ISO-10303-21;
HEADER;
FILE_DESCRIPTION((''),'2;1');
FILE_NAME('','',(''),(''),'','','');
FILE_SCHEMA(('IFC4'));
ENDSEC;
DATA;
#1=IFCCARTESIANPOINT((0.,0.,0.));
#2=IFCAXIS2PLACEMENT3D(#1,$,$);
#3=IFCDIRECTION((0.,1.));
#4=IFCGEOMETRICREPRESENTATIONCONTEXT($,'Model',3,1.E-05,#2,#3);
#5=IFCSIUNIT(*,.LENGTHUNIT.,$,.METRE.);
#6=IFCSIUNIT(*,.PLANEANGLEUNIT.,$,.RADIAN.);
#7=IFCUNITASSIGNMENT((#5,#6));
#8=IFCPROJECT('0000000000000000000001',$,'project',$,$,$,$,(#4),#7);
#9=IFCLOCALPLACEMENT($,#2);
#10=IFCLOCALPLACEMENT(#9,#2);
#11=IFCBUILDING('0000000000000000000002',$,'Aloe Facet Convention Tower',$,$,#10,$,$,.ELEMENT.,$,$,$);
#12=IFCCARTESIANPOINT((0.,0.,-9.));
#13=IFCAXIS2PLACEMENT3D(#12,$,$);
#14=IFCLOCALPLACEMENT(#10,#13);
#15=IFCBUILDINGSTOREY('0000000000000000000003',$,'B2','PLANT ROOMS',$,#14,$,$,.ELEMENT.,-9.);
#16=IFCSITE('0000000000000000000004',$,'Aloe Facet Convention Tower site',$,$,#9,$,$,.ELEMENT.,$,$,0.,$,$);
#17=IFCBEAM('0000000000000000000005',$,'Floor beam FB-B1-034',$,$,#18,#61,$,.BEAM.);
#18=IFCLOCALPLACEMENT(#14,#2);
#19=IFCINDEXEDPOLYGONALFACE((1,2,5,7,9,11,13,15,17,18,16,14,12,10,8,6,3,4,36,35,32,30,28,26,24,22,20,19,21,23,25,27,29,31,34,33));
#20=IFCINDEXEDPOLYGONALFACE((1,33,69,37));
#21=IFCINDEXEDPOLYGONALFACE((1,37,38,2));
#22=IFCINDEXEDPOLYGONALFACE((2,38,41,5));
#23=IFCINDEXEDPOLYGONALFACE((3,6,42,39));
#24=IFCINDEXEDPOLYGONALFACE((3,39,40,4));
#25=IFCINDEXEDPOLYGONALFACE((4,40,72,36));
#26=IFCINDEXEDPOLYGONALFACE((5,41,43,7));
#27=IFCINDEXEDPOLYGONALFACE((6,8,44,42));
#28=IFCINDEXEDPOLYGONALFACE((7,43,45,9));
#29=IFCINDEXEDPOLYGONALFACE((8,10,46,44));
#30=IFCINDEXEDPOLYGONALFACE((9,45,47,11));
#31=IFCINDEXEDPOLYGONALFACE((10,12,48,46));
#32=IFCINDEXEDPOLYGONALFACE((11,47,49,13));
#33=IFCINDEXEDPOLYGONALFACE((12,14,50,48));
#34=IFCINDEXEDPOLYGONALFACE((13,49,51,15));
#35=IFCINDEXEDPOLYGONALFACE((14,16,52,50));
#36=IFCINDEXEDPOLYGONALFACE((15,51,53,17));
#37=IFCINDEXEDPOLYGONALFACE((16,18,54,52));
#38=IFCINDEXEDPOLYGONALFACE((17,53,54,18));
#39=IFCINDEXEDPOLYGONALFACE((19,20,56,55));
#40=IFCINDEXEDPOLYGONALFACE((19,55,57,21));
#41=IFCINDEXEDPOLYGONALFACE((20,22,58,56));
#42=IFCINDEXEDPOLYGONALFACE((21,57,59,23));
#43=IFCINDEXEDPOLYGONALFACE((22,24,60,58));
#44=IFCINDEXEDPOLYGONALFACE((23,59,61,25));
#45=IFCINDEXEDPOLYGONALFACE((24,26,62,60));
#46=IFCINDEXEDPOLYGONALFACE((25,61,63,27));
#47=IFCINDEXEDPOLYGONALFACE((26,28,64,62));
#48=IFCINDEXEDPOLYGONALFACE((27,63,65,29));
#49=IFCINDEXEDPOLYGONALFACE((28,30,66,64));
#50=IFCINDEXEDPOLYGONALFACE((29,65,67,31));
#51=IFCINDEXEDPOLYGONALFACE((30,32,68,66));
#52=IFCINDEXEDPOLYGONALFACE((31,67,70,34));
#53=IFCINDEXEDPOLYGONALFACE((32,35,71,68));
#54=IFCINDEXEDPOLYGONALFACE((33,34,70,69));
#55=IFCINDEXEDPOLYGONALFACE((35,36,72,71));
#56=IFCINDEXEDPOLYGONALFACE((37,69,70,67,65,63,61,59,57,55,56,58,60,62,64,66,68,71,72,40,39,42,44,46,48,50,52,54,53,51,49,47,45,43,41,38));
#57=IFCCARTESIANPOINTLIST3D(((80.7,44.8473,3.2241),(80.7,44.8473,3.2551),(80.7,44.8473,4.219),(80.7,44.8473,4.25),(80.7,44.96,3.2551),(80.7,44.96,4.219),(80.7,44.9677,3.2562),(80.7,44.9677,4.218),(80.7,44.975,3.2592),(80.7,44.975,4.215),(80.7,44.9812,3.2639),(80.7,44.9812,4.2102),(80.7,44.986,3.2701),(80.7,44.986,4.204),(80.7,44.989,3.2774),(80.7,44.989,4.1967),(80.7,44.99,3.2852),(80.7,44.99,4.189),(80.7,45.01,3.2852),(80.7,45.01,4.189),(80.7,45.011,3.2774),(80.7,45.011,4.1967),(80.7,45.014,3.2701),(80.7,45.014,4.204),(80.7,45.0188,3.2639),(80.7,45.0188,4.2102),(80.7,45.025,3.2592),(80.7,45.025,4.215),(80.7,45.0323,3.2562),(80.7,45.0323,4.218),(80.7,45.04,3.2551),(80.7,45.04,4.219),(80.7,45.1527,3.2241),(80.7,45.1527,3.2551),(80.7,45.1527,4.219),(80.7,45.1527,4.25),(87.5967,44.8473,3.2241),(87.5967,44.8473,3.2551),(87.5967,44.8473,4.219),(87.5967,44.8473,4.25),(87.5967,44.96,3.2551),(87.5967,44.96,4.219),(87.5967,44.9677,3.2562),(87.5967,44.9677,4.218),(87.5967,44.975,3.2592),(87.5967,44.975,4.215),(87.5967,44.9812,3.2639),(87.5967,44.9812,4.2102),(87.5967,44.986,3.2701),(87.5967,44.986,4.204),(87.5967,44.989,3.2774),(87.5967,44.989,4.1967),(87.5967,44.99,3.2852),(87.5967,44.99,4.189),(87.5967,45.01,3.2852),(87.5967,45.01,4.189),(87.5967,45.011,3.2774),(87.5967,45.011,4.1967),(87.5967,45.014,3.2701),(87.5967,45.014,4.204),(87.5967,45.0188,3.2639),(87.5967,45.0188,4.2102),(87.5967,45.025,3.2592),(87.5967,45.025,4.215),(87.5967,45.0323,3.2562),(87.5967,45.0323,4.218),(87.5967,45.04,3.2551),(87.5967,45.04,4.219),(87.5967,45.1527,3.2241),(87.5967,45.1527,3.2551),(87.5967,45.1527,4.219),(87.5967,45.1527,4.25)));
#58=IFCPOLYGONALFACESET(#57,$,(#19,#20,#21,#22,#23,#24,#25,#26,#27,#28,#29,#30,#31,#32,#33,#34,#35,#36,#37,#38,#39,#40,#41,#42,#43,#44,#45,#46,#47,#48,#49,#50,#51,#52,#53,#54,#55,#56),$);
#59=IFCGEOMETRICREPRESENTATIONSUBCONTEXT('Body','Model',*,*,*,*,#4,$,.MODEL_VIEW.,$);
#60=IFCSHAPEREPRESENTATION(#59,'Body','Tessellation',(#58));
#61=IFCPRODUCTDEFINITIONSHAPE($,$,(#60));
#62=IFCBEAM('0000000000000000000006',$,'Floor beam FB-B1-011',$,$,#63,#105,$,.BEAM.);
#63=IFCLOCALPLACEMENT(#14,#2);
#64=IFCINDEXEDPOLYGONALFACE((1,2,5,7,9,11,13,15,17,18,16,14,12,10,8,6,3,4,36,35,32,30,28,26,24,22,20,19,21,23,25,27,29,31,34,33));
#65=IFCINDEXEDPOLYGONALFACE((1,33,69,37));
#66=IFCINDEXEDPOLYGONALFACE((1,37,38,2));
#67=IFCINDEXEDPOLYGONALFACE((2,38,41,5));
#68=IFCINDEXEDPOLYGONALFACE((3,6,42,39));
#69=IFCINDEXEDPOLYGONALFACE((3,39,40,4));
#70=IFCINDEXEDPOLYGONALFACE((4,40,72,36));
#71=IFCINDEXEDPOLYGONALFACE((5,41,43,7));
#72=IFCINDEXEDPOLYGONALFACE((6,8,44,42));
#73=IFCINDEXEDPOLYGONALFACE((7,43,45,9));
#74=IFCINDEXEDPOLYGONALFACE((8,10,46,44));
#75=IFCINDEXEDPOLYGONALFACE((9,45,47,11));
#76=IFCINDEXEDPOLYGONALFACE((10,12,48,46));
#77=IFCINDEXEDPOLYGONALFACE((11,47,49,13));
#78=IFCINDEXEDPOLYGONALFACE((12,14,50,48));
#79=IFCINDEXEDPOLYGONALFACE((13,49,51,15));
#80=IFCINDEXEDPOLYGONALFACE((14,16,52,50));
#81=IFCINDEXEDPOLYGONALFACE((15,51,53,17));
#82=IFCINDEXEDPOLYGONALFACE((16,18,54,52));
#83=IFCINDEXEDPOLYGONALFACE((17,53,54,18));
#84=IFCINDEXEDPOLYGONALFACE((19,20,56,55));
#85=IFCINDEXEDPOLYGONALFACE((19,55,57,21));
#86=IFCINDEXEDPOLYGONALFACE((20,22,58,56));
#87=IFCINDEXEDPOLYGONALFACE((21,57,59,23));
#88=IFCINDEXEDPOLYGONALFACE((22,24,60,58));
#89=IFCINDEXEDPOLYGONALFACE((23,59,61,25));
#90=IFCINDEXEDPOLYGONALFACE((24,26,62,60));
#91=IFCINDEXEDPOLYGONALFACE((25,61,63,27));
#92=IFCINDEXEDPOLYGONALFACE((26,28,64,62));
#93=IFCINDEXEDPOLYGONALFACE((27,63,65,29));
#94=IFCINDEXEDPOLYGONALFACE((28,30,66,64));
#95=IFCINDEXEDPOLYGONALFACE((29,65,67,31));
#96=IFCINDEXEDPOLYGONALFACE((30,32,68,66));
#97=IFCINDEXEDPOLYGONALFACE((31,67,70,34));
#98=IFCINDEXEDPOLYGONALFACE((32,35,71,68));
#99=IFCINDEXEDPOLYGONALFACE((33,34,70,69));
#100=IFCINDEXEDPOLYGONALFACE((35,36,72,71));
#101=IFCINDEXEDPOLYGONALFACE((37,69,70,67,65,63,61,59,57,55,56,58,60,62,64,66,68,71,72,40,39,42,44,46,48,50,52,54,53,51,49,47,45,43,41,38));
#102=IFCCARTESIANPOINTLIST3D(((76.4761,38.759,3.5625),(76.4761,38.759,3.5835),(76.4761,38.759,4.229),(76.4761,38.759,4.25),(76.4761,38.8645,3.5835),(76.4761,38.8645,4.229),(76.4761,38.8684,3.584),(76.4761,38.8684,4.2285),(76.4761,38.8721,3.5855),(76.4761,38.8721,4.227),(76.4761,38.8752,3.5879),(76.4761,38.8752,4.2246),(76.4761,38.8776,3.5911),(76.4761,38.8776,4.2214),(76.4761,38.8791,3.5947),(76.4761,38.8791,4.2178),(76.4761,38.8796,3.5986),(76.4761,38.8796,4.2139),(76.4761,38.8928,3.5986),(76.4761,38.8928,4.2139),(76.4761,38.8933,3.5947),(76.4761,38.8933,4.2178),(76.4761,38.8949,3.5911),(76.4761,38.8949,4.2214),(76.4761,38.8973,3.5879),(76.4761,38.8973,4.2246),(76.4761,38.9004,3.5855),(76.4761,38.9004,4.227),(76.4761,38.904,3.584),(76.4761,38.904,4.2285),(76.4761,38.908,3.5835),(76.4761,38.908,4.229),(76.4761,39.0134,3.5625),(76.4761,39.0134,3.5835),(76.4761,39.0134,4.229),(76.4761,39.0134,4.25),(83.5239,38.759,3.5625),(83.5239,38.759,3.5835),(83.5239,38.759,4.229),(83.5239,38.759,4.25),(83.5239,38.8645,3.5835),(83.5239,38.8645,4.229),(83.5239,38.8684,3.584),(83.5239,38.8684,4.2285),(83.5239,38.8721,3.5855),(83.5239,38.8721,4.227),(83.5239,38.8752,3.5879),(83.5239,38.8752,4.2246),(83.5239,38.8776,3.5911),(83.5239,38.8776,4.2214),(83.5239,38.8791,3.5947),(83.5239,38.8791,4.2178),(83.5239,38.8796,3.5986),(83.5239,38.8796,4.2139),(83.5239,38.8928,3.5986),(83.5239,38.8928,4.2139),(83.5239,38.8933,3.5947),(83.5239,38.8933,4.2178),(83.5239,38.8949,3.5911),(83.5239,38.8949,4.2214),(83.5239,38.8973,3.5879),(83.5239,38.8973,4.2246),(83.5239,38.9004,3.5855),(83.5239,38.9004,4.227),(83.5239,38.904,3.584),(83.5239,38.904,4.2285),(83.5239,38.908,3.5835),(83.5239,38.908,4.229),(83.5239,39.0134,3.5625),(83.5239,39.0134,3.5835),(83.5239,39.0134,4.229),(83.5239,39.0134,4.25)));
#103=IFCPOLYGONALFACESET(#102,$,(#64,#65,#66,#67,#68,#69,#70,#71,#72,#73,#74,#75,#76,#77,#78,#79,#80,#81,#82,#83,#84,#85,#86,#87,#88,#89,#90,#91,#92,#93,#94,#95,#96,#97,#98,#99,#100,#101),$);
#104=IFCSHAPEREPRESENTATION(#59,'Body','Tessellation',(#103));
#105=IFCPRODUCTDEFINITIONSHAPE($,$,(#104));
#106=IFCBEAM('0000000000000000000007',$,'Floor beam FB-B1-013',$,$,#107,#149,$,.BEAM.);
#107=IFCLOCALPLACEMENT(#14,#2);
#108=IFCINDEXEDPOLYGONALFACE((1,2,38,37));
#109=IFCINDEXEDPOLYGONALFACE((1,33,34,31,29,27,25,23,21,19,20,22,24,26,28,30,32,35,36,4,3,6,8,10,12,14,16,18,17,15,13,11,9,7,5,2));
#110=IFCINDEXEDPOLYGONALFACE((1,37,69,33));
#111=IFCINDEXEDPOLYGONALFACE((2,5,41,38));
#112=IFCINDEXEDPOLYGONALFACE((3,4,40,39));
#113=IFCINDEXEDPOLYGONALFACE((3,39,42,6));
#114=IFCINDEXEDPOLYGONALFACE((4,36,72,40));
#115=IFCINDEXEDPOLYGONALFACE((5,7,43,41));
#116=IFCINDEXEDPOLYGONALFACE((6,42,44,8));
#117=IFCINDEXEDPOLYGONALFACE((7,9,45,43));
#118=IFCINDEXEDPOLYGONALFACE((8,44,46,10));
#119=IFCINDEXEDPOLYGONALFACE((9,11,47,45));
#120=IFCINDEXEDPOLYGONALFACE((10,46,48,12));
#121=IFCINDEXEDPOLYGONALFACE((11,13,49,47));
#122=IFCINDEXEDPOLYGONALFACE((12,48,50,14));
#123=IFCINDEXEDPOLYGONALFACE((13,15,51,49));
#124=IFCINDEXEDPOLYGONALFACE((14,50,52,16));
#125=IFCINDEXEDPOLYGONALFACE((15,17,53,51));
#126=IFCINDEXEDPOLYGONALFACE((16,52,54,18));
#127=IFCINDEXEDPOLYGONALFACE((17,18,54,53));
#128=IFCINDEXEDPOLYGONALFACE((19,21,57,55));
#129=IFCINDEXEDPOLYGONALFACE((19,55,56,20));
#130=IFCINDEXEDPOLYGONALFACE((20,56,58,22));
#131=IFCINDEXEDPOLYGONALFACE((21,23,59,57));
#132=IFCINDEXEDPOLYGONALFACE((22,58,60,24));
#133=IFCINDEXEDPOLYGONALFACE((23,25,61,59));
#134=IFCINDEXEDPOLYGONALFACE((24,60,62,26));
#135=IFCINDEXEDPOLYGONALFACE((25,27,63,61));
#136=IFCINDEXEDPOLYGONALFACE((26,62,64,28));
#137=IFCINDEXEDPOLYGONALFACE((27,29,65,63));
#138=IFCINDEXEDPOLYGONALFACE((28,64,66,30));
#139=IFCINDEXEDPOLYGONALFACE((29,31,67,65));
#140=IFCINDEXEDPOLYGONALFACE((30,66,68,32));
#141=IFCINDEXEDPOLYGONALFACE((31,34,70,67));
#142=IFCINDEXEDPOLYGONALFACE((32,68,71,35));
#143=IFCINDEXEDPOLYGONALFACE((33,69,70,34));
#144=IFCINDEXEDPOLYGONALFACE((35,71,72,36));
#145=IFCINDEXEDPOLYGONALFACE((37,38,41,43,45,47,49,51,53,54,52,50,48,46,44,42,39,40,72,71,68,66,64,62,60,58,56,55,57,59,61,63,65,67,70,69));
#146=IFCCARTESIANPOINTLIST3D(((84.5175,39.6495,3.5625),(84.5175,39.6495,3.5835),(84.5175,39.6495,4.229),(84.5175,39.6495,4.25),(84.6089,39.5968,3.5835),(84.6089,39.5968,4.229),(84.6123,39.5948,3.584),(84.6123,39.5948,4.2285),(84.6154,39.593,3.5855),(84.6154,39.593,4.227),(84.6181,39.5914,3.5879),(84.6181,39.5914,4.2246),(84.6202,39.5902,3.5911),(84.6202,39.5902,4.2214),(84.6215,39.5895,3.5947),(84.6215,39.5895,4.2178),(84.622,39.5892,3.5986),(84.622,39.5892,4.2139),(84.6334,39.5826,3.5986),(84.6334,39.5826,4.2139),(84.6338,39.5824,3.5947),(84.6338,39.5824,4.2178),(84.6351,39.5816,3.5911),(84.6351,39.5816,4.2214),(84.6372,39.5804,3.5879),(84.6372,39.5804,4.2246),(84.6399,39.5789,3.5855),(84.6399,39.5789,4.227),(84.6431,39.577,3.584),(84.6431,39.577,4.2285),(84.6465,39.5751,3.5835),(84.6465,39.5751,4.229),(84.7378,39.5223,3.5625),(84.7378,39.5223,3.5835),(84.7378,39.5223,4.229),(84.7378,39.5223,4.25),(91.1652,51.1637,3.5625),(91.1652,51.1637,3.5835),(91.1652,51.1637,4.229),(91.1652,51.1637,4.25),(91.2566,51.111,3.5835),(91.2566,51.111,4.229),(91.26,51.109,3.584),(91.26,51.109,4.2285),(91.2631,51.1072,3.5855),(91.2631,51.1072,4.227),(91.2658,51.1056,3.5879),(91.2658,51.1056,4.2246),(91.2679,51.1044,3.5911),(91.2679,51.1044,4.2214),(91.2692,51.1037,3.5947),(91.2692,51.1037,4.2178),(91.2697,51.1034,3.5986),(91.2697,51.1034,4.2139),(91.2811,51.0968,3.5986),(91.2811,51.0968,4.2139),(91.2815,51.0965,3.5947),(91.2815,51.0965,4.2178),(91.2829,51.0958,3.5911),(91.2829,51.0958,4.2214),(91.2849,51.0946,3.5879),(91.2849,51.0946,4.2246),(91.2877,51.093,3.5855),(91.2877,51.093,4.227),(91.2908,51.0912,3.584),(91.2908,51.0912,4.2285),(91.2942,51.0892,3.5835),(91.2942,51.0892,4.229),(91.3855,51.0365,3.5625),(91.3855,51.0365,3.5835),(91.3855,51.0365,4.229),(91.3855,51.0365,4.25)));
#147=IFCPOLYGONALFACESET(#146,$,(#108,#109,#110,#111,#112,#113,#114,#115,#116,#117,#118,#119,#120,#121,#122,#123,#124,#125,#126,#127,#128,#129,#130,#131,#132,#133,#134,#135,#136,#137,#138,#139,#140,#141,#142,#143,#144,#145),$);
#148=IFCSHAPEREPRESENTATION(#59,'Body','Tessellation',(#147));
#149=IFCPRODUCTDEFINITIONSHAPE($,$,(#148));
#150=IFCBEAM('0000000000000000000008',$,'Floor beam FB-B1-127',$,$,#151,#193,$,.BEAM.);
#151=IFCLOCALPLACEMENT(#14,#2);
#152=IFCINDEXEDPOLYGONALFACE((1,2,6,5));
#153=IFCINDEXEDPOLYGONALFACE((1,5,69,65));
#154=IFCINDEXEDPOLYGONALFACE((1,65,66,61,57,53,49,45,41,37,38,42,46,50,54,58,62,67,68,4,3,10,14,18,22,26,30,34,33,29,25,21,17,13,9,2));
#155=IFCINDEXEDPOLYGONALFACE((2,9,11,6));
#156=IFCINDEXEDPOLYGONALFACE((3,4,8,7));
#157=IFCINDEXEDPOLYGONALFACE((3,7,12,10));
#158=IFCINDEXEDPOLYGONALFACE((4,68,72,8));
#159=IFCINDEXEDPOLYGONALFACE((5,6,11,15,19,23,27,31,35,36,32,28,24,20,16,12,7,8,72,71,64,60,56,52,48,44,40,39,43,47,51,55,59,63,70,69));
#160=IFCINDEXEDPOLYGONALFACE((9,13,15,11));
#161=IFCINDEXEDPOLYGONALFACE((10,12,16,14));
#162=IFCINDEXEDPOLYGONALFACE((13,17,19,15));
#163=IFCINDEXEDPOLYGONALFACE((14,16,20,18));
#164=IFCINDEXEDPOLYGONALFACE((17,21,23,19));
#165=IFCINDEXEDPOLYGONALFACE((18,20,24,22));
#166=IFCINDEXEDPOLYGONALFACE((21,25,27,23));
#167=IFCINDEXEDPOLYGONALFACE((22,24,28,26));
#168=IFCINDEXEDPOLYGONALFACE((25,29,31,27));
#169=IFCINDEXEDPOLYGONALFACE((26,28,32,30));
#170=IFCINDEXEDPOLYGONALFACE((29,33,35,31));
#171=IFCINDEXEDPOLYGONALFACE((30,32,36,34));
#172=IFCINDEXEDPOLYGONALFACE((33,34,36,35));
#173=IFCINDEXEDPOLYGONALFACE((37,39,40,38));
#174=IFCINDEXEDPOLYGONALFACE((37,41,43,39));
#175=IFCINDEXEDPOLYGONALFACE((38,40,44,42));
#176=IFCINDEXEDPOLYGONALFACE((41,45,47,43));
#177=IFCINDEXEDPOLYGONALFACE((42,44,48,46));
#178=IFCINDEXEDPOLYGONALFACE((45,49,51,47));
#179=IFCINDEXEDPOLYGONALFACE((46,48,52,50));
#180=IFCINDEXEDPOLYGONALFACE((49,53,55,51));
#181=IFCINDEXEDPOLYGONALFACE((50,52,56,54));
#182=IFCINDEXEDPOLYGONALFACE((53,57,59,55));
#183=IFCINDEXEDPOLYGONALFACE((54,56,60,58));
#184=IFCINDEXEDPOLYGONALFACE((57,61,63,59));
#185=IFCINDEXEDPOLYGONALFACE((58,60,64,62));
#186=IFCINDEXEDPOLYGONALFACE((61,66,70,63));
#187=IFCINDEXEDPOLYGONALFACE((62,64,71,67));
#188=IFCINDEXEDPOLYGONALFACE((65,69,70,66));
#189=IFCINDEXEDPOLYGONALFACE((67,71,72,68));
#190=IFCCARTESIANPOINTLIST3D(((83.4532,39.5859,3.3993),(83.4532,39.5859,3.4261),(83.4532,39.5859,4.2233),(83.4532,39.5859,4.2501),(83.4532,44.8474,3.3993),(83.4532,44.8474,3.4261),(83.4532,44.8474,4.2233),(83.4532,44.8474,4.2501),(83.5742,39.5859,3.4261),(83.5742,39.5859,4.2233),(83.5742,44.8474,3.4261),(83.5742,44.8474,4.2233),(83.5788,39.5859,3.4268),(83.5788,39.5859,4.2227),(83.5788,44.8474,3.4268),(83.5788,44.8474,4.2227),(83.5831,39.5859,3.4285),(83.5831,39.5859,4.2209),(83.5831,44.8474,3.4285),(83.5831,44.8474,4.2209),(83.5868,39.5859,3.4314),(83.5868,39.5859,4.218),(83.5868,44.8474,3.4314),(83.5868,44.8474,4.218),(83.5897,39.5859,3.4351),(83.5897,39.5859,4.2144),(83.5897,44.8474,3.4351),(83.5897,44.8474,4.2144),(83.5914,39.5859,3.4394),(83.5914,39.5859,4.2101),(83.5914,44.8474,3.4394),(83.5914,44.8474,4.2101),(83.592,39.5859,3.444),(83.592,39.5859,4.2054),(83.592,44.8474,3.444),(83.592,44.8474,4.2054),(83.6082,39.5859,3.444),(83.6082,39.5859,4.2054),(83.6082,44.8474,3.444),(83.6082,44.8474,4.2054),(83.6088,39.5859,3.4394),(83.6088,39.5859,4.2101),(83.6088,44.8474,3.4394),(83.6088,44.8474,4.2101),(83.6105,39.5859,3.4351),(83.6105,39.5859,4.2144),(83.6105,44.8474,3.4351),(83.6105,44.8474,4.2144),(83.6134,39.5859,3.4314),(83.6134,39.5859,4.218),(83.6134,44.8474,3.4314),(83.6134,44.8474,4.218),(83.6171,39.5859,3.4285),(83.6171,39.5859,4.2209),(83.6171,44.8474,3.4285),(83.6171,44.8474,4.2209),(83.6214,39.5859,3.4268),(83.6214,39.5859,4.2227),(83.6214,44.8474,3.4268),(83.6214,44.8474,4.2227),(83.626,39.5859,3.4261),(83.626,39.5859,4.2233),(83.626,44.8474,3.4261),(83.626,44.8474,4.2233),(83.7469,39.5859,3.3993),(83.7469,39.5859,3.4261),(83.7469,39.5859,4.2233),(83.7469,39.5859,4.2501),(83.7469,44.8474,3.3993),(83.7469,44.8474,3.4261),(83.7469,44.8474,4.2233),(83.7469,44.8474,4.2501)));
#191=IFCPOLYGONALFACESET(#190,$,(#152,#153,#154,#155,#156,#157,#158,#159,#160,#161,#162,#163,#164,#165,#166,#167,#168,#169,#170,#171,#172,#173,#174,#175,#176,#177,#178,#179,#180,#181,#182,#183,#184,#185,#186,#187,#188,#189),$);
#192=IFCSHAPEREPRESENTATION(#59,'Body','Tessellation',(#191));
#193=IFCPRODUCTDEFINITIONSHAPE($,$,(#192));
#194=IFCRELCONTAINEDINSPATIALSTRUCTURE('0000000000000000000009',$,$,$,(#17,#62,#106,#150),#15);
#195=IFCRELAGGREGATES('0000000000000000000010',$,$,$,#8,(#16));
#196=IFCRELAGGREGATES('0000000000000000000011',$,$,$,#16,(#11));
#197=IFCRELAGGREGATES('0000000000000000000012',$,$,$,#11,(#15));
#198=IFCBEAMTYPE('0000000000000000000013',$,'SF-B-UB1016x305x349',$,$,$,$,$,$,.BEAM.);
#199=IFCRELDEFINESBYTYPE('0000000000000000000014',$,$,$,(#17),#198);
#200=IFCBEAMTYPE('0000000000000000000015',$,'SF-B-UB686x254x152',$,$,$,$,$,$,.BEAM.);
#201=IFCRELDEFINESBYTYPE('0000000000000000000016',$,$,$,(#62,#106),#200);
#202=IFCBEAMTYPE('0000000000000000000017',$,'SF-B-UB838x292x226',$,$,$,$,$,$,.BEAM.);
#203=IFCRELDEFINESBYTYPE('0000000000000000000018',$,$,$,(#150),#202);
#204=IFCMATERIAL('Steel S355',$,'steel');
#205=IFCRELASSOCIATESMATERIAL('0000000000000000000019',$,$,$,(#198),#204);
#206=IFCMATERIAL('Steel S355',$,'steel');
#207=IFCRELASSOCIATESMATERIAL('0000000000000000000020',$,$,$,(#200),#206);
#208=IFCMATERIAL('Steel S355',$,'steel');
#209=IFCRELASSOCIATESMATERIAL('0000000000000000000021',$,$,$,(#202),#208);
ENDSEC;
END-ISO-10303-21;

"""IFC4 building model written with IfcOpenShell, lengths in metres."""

from ifc_helpers import new_model, si_unit, direction, frame, origin, origin_2d, place, context, subcontext, project, spatial, i_section, extrude, material, material_profile, profile_set, type_object, element, save


model = new_model("IFC4")

# Units and contexts
model_context = context("Model", 3, precision=1e-05, world=origin(), true_north=direction((0.0, 1.0)))
body_context = subcontext(model_context, "Body", "Model", "MODEL_VIEW")
ifc_project = project(units=[si_unit("LENGTHUNIT", "METRE"), si_unit("PLANEANGLEUNIT", "RADIAN")], contexts=[model_context])

# Site, building, storey
site_placement = place(None, origin())
site = spatial("IfcSite", under=ifc_project, at=site_placement, Name="Aloe Facet Convention Tower site", CompositionType="ELEMENT", RefElevation=0.0)
building_placement = place(site_placement, origin())
building = spatial("IfcBuilding", under=site, at=building_placement, Name="Aloe Facet Convention Tower", CompositionType="ELEMENT")
storey_placement = place(building_placement, frame((0.0, 0.0, -9.0)))
storey = spatial("IfcBuildingStorey", under=building, at=storey_placement, Name="B2", Description="PLANT ROOMS", CompositionType="ELEMENT", Elevation=-9.0)

# Beams
ifc_material_1 = material(Name="Steel S355", Category="steel")
ifc_material_profile_1 = material_profile(ifc_material_1, i_section(OverallWidth=0.3054, OverallDepth=1.0259, WebThickness=0.02, FlangeThickness=0.031, FilletRadius=0.03, at=origin_2d()), Name="UB 1016x305x349")
ifc_profile_set_1 = profile_set([ifc_material_profile_1], Name="Steel S355")
beam_type_1 = type_object("IfcBeamType", Name="SF-B-UB1016x305x349", PredefinedType="BEAM", material=ifc_profile_set_1)
beam_1_placement = place(storey_placement, frame((80.7, 45.0, 3.7371), z_axis=(1.0, 0.0, 0.0), x_axis=(0.0, 1.0, 0.0)))
element("IfcBeam", 1, at=beam_1_placement, inside=storey, type_object=beam_type_1, Name="Floor beam FB-B1-034", PredefinedType="BEAM", context=body_context, shape_type="SweptSolid", body=[
    extrude(i_section(OverallWidth=0.3054, OverallDepth=1.0259, WebThickness=0.02, FlangeThickness=0.031, FilletRadius=0.03, at=origin_2d()), origin(), (0.0, 0.0, 1.0), 6.8967),
])
ifc_material_2 = material(Name="Steel S355", Category="steel")
ifc_material_profile_2 = material_profile(ifc_material_2, i_section(OverallWidth=0.2544, OverallDepth=0.6875, WebThickness=0.0132, FlangeThickness=0.021, FilletRadius=0.0151, at=origin_2d()), Name="UB 686x254x152")
ifc_profile_set_2 = profile_set([ifc_material_profile_2], Name="Steel S355")
beam_type_2 = type_object("IfcBeamType", Name="SF-B-UB686x254x152", PredefinedType="BEAM", material=ifc_profile_set_2)
beam_2_placement = place(storey_placement, frame((83.5239, 38.8862, 3.9062), z_axis=(-1.0, 0.0, 0.0), x_axis=(0.0, -1.0, 0.0)))
element("IfcBeam", 2, at=beam_2_placement, inside=storey, type_object=beam_type_2, Name="Floor beam FB-B1-011", PredefinedType="BEAM", context=body_context, shape_type="SweptSolid", body=[
    extrude(i_section(OverallWidth=0.2544, OverallDepth=0.6875, WebThickness=0.0132, FlangeThickness=0.021, FilletRadius=0.0151, at=origin_2d()), origin(), (0.0, 0.0, 1.0), 7.0479),
])
beam_3_placement = place(storey_placement, frame((91.2754, 51.1001, 3.9062), z_axis=(-0.5, -0.866025, 0.0), x_axis=(0.866025, -0.5, 0.0)))
element("IfcBeam", 3, at=beam_3_placement, inside=storey, type_object=beam_type_2, Name="Floor beam FB-B1-013", PredefinedType="BEAM", context=body_context, shape_type="SweptSolid", body=[
    extrude(i_section(OverallWidth=0.2544, OverallDepth=0.6875, WebThickness=0.0132, FlangeThickness=0.021, FilletRadius=0.0151, at=origin_2d()), origin(), (0.0, 0.0, 1.0), 13.2954),
])
ifc_material_3 = material(Name="Steel S355", Category="steel")
ifc_material_profile_3 = material_profile(ifc_material_3, i_section(OverallWidth=0.2937, OverallDepth=0.8508, WebThickness=0.0161, FlangeThickness=0.0269, FilletRadius=0.0178, at=origin_2d()), Name="UB 838x292x226")
ifc_profile_set_3 = profile_set([ifc_material_profile_3], Name="Steel S355")
beam_type_3 = type_object("IfcBeamType", Name="SF-B-UB838x292x226", PredefinedType="BEAM", material=ifc_profile_set_3)
beam_4_placement = place(storey_placement, frame((83.6001, 39.5859, 3.8247), z_axis=(0.0, 1.0, 0.0), x_axis=(-1.0, 0.0, 0.0)))
element("IfcBeam", 4, at=beam_4_placement, inside=storey, type_object=beam_type_3, Name="Floor beam FB-B1-127", PredefinedType="BEAM", context=body_context, shape_type="SweptSolid", body=[
    extrude(i_section(OverallWidth=0.2937, OverallDepth=0.8508, WebThickness=0.0161, FlangeThickness=0.0269, FilletRadius=0.0178, at=origin_2d()), origin(), (0.0, 0.0, 1.0), 5.2615),
])

save(model, "model.ifc")
